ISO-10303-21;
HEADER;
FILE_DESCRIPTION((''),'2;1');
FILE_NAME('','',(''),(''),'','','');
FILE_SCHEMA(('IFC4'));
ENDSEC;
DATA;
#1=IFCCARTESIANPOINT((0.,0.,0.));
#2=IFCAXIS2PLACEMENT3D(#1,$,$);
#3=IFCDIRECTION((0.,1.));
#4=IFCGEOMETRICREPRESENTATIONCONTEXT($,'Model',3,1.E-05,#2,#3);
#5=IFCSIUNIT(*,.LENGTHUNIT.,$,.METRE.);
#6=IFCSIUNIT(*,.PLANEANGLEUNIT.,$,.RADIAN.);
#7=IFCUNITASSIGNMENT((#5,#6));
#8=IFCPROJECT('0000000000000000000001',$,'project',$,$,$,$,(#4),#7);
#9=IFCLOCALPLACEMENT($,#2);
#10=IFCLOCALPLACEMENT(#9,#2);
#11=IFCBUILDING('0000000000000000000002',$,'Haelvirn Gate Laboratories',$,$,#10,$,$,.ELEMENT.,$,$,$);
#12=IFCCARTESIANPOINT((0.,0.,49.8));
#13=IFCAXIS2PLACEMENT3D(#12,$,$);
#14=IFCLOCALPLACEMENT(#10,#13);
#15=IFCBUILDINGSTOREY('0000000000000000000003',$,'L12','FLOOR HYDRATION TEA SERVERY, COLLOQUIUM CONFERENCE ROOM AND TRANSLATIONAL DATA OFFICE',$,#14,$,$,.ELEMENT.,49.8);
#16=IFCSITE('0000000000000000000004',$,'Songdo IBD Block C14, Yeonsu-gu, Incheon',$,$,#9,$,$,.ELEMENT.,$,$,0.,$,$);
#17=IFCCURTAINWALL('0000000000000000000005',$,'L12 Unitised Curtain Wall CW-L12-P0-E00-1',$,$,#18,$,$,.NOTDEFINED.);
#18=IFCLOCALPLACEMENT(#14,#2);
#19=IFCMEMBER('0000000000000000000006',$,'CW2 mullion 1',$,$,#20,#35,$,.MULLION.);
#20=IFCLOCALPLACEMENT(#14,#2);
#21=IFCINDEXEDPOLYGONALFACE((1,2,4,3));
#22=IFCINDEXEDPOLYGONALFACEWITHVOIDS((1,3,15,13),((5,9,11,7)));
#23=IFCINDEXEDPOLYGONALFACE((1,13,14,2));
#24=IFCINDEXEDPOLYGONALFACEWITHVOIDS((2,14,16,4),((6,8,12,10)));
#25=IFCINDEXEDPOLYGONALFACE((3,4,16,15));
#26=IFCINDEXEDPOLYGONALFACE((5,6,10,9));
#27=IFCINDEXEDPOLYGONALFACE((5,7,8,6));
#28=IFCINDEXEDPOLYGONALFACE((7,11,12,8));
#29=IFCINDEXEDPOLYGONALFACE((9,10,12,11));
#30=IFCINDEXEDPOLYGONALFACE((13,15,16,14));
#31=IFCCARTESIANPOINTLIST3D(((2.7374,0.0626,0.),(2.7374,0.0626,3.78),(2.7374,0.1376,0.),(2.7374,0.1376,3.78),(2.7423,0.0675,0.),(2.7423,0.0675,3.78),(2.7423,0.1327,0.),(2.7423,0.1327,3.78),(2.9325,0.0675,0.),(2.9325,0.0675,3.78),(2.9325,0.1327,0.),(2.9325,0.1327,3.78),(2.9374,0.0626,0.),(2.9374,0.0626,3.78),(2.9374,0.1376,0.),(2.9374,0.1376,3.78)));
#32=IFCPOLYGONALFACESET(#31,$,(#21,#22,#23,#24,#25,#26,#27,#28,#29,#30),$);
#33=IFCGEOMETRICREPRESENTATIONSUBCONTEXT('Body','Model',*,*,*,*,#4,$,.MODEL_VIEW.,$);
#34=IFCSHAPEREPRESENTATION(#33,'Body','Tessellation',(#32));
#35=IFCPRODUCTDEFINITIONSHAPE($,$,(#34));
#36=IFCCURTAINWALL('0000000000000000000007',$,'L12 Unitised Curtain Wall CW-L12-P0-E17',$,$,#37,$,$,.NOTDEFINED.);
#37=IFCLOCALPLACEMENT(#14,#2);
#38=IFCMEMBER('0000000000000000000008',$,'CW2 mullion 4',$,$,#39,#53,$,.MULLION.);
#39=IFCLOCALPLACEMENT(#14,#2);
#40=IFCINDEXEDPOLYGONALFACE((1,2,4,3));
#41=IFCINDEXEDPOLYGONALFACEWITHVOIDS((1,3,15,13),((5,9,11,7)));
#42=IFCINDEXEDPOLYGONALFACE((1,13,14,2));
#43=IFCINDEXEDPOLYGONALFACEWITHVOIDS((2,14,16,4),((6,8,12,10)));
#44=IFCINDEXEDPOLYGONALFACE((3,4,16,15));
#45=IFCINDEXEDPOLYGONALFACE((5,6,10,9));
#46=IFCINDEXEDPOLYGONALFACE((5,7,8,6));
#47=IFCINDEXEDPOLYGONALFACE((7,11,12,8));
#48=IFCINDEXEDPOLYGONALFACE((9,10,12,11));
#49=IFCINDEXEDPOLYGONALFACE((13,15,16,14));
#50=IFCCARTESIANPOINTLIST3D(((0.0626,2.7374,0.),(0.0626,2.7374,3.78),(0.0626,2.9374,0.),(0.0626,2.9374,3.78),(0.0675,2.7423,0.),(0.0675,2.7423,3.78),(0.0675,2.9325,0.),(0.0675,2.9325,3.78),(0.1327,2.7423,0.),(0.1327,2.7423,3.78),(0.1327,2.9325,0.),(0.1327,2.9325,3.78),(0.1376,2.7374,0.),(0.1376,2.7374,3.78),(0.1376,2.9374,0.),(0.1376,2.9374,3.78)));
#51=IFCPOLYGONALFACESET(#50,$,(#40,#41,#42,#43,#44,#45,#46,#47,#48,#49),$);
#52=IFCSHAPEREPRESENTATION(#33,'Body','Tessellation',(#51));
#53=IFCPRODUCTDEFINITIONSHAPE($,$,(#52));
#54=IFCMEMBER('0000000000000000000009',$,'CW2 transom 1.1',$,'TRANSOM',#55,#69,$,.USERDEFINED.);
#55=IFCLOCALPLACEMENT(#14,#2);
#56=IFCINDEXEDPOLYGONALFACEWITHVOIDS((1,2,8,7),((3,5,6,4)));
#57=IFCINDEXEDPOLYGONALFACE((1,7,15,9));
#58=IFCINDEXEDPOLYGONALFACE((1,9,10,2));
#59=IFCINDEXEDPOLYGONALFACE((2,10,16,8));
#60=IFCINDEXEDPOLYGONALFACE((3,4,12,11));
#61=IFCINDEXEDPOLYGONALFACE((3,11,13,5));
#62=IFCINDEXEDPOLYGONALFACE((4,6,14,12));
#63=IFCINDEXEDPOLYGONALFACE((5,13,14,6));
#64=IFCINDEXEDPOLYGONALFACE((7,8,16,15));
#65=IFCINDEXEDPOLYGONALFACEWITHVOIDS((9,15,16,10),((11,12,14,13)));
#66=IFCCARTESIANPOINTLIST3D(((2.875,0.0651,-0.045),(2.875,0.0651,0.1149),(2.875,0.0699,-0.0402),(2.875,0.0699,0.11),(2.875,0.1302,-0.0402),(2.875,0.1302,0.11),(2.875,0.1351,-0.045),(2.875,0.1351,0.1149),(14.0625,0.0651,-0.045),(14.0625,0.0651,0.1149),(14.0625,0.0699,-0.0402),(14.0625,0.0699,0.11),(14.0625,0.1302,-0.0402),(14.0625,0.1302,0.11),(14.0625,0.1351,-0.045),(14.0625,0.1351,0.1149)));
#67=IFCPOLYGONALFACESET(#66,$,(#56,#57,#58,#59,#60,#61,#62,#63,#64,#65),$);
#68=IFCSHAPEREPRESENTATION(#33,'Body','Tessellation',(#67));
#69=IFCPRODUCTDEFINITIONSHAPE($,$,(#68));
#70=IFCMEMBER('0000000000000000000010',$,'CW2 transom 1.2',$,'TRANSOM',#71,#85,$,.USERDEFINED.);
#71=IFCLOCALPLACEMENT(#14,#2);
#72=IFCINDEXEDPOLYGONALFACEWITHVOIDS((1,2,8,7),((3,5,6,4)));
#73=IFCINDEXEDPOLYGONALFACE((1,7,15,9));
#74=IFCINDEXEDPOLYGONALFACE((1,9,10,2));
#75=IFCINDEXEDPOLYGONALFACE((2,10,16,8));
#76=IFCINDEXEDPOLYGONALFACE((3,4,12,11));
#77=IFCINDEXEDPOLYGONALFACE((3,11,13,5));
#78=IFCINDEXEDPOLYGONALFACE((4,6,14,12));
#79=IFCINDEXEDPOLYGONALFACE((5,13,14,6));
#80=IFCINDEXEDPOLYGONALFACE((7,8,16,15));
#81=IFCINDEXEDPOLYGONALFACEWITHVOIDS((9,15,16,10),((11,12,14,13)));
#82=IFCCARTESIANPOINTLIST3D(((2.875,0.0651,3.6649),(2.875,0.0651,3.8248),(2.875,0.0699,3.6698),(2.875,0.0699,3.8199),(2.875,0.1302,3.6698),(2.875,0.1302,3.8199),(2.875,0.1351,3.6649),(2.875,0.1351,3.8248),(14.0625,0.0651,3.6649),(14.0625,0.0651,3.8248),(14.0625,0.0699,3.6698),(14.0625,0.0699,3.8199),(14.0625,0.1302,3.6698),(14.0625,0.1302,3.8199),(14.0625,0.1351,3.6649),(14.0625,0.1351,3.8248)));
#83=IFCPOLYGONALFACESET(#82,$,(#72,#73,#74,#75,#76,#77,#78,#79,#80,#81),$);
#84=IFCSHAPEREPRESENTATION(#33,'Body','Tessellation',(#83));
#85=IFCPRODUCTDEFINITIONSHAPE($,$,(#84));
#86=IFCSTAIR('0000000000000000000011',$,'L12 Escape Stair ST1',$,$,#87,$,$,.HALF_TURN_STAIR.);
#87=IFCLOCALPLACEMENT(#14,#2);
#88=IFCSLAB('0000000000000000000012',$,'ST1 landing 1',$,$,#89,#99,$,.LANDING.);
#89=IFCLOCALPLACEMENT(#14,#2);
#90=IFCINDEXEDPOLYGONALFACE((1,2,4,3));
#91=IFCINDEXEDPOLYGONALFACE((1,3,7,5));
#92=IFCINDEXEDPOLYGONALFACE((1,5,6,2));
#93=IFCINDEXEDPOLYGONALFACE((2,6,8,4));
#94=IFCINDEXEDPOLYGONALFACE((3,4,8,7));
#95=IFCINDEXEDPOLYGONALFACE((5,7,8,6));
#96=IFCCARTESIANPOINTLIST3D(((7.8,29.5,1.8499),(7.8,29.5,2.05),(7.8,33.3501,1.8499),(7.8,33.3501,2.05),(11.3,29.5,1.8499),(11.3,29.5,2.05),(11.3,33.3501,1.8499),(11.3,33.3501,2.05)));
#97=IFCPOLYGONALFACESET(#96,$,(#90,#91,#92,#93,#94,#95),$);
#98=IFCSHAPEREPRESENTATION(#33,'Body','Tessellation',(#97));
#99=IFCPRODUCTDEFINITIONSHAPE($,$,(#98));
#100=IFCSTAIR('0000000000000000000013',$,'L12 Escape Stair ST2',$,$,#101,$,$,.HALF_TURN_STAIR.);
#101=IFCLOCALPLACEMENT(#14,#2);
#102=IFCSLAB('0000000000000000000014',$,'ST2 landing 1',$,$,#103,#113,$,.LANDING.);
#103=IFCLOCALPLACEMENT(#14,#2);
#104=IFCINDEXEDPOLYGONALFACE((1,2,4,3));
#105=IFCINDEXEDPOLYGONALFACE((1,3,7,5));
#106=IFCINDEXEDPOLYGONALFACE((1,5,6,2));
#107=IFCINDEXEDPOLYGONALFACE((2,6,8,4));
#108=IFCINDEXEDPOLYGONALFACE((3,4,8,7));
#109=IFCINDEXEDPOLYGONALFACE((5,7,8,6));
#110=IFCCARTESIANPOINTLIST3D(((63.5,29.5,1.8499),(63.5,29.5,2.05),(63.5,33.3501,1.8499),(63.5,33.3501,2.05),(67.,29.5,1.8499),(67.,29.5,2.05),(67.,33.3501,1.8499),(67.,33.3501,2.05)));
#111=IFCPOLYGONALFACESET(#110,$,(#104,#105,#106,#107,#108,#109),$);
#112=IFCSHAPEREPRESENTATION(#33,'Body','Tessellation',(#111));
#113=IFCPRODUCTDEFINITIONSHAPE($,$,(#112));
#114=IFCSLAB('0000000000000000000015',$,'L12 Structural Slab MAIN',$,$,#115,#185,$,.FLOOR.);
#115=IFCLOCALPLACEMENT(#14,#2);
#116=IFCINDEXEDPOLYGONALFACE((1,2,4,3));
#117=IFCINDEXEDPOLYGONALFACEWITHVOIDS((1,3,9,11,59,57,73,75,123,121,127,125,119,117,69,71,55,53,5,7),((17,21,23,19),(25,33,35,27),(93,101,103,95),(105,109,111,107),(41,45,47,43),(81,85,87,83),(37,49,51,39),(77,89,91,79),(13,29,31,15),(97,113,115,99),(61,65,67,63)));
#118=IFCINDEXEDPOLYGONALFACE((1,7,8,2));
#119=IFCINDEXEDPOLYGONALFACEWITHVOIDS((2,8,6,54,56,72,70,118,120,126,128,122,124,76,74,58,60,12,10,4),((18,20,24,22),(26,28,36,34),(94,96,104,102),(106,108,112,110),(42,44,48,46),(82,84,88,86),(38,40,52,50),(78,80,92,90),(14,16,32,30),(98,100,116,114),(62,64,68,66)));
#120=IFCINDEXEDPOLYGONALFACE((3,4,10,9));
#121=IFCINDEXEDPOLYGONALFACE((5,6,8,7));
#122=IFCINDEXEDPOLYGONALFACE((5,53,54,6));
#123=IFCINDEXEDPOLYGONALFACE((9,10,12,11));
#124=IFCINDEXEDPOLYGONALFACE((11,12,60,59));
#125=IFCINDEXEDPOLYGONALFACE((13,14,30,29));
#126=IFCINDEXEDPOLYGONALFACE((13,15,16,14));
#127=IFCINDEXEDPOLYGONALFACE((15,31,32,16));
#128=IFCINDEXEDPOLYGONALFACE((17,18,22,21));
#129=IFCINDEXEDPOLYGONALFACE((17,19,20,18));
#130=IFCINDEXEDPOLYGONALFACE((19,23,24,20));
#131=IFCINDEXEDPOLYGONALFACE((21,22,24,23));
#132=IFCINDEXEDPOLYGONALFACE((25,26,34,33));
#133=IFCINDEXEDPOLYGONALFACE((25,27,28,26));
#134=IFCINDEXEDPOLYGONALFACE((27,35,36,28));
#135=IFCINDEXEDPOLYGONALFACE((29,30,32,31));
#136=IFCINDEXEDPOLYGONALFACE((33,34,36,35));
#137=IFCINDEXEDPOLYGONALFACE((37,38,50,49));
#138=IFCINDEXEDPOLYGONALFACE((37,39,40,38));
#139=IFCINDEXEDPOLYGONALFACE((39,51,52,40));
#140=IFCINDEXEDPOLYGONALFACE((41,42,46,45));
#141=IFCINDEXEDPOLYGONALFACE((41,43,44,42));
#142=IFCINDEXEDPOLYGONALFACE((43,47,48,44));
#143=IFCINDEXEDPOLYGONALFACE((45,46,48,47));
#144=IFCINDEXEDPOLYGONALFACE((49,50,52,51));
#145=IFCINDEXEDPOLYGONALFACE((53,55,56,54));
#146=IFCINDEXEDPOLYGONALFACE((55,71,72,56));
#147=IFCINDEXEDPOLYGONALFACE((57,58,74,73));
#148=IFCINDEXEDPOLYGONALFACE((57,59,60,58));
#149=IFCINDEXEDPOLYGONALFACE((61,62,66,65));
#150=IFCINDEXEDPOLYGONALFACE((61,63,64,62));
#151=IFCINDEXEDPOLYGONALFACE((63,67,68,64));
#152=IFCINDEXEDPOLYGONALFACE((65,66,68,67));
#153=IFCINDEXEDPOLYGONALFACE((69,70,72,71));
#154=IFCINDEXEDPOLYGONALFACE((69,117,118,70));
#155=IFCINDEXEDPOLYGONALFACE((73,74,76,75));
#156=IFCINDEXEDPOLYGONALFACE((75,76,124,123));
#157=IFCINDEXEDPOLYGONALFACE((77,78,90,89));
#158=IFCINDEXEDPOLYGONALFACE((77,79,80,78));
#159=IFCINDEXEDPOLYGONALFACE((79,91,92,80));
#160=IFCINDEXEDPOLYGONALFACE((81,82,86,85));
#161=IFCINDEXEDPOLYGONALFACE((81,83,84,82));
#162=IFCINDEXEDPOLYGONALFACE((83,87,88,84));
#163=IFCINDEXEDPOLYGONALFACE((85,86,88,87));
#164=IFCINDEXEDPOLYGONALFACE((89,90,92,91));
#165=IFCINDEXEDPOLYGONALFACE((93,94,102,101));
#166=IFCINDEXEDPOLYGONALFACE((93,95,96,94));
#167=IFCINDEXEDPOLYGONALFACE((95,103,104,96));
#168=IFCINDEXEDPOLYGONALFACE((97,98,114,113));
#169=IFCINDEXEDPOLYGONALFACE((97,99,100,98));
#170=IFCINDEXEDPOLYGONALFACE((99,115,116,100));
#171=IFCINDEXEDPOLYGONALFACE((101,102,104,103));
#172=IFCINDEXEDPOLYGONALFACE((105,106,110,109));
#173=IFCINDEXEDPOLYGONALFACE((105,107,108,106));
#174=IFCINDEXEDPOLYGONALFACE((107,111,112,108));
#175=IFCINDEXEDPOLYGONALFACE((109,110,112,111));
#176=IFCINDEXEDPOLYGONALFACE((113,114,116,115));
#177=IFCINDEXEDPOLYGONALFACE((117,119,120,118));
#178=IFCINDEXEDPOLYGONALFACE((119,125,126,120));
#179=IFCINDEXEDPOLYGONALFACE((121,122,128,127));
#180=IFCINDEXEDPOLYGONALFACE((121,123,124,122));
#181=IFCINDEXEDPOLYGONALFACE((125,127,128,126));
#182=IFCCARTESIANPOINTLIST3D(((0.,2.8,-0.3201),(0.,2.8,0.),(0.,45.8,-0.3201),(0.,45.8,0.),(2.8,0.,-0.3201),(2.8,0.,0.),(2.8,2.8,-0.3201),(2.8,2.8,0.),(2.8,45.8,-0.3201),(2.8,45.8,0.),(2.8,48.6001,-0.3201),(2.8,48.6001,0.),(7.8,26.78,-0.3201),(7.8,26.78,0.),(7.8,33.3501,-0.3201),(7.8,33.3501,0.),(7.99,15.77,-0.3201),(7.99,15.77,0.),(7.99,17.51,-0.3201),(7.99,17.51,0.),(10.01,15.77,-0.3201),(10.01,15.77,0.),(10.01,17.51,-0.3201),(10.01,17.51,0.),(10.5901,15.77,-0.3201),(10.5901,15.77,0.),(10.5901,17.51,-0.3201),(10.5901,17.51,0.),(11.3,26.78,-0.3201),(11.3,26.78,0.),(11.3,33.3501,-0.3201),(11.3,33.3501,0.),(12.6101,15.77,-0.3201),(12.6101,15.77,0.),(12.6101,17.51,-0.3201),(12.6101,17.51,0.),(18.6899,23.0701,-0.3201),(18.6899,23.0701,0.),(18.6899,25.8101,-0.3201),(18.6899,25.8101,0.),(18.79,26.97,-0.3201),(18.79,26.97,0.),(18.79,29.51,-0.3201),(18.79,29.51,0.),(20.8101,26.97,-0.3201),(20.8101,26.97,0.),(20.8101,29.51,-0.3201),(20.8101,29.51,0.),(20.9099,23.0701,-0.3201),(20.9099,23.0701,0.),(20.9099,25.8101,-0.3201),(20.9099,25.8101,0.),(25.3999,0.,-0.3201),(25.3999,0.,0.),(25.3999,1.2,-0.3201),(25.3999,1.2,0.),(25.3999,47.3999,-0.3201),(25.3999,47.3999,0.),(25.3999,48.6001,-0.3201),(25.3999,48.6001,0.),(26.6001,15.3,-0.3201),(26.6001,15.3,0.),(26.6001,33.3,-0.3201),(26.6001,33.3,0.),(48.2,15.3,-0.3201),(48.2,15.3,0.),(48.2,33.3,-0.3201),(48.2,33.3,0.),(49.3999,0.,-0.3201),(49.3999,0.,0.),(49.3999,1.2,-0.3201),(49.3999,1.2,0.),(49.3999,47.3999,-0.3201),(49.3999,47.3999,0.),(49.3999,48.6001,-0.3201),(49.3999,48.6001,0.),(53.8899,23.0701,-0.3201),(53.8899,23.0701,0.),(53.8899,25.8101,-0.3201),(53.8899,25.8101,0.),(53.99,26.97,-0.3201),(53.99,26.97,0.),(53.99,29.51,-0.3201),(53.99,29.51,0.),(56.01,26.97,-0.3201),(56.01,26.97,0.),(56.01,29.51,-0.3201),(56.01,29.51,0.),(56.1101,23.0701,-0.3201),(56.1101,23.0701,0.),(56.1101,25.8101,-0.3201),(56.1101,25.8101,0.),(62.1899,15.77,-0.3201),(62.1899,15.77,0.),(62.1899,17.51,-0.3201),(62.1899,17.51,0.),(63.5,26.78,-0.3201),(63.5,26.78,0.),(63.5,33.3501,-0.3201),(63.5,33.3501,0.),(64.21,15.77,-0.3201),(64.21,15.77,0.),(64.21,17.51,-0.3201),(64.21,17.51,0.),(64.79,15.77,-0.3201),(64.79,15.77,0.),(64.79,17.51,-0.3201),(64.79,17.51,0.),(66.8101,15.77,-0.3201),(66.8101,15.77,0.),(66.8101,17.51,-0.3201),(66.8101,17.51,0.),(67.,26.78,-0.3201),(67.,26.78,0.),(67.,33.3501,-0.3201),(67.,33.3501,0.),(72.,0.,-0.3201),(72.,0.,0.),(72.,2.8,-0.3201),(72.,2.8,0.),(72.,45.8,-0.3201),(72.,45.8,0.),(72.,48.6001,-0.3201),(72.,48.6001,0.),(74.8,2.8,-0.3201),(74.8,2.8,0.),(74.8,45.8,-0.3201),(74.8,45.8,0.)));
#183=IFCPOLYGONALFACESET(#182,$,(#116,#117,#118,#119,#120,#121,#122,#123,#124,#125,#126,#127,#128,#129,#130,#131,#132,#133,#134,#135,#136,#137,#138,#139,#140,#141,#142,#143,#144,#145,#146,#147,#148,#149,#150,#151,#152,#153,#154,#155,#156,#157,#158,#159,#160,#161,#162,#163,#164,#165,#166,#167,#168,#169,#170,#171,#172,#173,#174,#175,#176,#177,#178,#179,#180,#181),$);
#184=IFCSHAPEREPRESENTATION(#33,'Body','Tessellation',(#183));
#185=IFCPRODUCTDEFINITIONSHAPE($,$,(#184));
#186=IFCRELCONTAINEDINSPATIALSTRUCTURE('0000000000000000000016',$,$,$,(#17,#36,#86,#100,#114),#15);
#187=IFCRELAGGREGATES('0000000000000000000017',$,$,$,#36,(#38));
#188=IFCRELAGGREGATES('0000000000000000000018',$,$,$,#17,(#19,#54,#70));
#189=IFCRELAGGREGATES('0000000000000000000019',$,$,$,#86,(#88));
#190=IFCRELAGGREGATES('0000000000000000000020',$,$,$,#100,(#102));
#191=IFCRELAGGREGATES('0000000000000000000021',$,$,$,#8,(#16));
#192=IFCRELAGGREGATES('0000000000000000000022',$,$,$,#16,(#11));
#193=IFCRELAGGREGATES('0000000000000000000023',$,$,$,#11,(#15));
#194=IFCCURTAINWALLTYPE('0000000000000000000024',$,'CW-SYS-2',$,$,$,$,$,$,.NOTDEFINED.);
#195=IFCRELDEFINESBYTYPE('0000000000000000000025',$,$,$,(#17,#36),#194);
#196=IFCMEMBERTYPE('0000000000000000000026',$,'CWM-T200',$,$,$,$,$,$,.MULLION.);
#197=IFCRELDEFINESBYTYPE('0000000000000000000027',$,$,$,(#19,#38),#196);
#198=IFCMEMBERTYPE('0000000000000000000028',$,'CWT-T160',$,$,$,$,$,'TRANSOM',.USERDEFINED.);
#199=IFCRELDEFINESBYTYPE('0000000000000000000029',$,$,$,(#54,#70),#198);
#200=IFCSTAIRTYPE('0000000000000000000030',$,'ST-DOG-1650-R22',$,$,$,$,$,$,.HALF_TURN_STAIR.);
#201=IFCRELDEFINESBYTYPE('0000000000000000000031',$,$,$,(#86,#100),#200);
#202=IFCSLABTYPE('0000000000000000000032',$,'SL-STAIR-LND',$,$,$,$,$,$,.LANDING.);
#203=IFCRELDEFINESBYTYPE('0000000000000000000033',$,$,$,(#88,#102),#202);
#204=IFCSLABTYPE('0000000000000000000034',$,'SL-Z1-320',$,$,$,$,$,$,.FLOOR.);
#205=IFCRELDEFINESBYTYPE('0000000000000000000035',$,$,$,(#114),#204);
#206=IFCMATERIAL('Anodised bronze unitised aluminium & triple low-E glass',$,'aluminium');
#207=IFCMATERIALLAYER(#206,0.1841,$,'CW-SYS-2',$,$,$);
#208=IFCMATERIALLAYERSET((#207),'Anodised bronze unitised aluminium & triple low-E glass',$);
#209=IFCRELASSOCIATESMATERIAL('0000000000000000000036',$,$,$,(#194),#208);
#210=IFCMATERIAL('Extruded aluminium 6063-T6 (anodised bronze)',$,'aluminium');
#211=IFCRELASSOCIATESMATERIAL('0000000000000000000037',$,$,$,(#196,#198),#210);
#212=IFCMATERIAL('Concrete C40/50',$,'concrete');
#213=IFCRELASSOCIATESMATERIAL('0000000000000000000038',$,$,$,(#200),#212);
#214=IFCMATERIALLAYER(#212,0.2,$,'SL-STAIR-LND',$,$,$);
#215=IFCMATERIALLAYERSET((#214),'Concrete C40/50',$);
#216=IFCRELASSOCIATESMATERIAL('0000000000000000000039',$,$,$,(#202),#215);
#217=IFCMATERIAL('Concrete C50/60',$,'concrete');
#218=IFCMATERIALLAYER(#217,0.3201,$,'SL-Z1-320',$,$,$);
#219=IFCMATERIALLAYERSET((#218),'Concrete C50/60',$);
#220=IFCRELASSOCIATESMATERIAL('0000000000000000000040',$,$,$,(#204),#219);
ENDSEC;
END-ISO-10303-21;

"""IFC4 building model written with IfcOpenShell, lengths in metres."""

from ifc_helpers import new_model, si_unit, direction, frame, origin, origin_2d, place, context, subcontext, project, spatial, polyline, hollow_rectangle, outline, extrude, source, transform, mapped, material, layer, layer_set, material_profile, profile_set, type_object, type_shapes, element, aggregate, save


model = new_model("IFC4")

# Units and contexts
model_context = context("Model", 3, precision=1e-05, world=origin(), true_north=direction((0.0, 1.0)))
body_context = subcontext(model_context, "Body", "Model", "MODEL_VIEW")
ifc_project = project(units=[si_unit("LENGTHUNIT", "METRE"), si_unit("PLANEANGLEUNIT", "RADIAN")], contexts=[model_context])

# Site, building, storey
site_placement = place(None, origin())
site = spatial("IfcSite", under=ifc_project, at=site_placement, Name="Songdo IBD Block C14, Yeonsu-gu, Incheon", CompositionType="ELEMENT", RefElevation=0.0)
building_placement = place(site_placement, origin())
building = spatial("IfcBuilding", under=site, at=building_placement, Name="Haelvirn Gate Laboratories", CompositionType="ELEMENT")
storey_placement = place(building_placement, frame((0.0, 0.0, 49.8)))
storey = spatial("IfcBuildingStorey", under=building, at=storey_placement, Name="L12", Description="FLOOR HYDRATION TEA SERVERY, COLLOQUIUM CONFERENCE ROOM AND TRANSLATIONAL DATA OFFICE", CompositionType="ELEMENT", Elevation=49.8)

# Curtain walls, members
ifc_material_1 = material(Name="Anodised bronze unitised aluminium & triple low-E glass", Category="aluminium")
ifc_layer_1 = layer(ifc_material_1, 0.1841, Name="CW-SYS-2")
ifc_layer_set_1 = layer_set([ifc_layer_1], Name="Anodised bronze unitised aluminium & triple low-E glass")
curtain_wall_type = type_object("IfcCurtainWallType", Name="CW-SYS-2", PredefinedType="NOTDEFINED", material=ifc_layer_set_1)
curtain_wall_1_placement = place(storey_placement, origin())
curtain_wall_1 = element("IfcCurtainWall", 1, at=curtain_wall_1_placement, inside=storey, type_object=curtain_wall_type, Name="L12 Unitised Curtain Wall CW-L12-P0-E00-1", PredefinedType="NOTDEFINED")
ifc_material_2 = material(Name="Extruded aluminium 6063-T6 (anodised bronze)", Category="aluminium")
ifc_material_profile_1 = material_profile(ifc_material_2, hollow_rectangle(XDim=0.075, YDim=0.2, WallThickness=0.0049, at=origin_2d()), Name="CWM-200x75x5")
ifc_profile_set_1 = profile_set([ifc_material_profile_1], Name="Extruded aluminium 6063-T6 (anodised bronze)")
member_type_1 = type_object("IfcMemberType", Name="CWM-T200", PredefinedType="MULLION", material=ifc_profile_set_1)
shared_shape_1 = source(origin(), body_context, "Body", "SweptSolid", [
    extrude(hollow_rectangle(XDim=0.075, YDim=0.2, WallThickness=0.0049, at=origin_2d()), origin(), (0.0, 0.0, 1.0), 3.78),
])
type_shapes(member_type_1, [shared_shape_1])
member_1_placement = place(storey_placement, frame((2.8374, 0.1001, 0.0), z_axis=(0.0, 0.0, 1.0), x_axis=(0.0, 1.0, 0.0)))
member_1 = element("IfcMember", 2, at=member_1_placement, type_object=member_type_1, Name="CW2 mullion 1", PredefinedType="MULLION", context=body_context, shape_type="MappedRepresentation", body=[
    mapped(shared_shape_1, transform((0.0, 0.0, 0.0), scale=1.0)),
])
curtain_wall_2_placement = place(storey_placement, origin())
curtain_wall_2 = element("IfcCurtainWall", 3, at=curtain_wall_2_placement, inside=storey, type_object=curtain_wall_type, Name="L12 Unitised Curtain Wall CW-L12-P0-E17", PredefinedType="NOTDEFINED")
member_2_placement = place(storey_placement, frame((0.1001, 2.8374, 0.0), z_axis=(0.0, 0.0, 1.0), x_axis=(1.0, 0.0, 0.0)))
member_2 = element("IfcMember", 4, at=member_2_placement, type_object=member_type_1, Name="CW2 mullion 4", PredefinedType="MULLION", context=body_context, shape_type="MappedRepresentation", body=[
    mapped(shared_shape_1, transform((0.0, 0.0, 0.0), scale=1.0)),
])
aggregate(curtain_wall_2, [member_2])

# Members
ifc_material_profile_2 = material_profile(ifc_material_2, hollow_rectangle(XDim=0.0701, YDim=0.1599, WallThickness=0.0049, at=origin_2d()), Name="CWT-160x70x5")
ifc_profile_set_2 = profile_set([ifc_material_profile_2], Name="Extruded aluminium 6063-T6 (anodised bronze)")
member_type_2 = type_object("IfcMemberType", Name="CWT-T160", ElementType="TRANSOM", PredefinedType="USERDEFINED", material=ifc_profile_set_2)
shared_shape_2 = source(origin(), body_context, "Body", "SweptSolid", [
    extrude(hollow_rectangle(XDim=0.0701, YDim=0.1599, WallThickness=0.0049, at=origin_2d()), origin(), (0.0, 0.0, 1.0), 11.1875),
])
type_shapes(member_type_2, [shared_shape_2])
member_3_placement = place(storey_placement, frame((2.875, 0.1001, 0.0349), z_axis=(1.0, 0.0, 0.0), x_axis=(0.0, 1.0, 0.0)))
member_3 = element("IfcMember", 5, at=member_3_placement, type_object=member_type_2, Name="CW2 transom 1.1", ObjectType="TRANSOM", PredefinedType="USERDEFINED", context=body_context, shape_type="MappedRepresentation", body=[
    mapped(shared_shape_2, transform((0.0, 0.0, 0.0), scale=1.0)),
])
member_4_placement = place(storey_placement, frame((2.875, 0.1001, 3.7449), z_axis=(1.0, 0.0, 0.0), x_axis=(0.0, 1.0, 0.0)))
member_4 = element("IfcMember", 6, at=member_4_placement, type_object=member_type_2, Name="CW2 transom 1.2", ObjectType="TRANSOM", PredefinedType="USERDEFINED", context=body_context, shape_type="MappedRepresentation", body=[
    mapped(shared_shape_2, transform((0.0, 0.0, 0.0), scale=1.0)),
])
aggregate(curtain_wall_1, [member_1, member_3, member_4])

# Stairs, slabs
ifc_material_3 = material(Name="Concrete C40/50", Category="concrete")
stair_type = type_object("IfcStairType", Name="ST-DOG-1650-R22", PredefinedType="HALF_TURN_STAIR", material=ifc_material_3)
stair_1_placement = place(storey_placement, origin())
stair_1 = element("IfcStair", 7, at=stair_1_placement, inside=storey, type_object=stair_type, Name="L12 Escape Stair ST1", PredefinedType="HALF_TURN_STAIR")
ifc_layer_2 = layer(ifc_material_3, 0.2, Name="SL-STAIR-LND")
ifc_layer_set_2 = layer_set([ifc_layer_2], Name="Concrete C40/50")
slab_type_1 = type_object("IfcSlabType", Name="SL-STAIR-LND", PredefinedType="LANDING", material=ifc_layer_set_2)
slab_1_placement = place(storey_placement, frame((0.0, 0.0, 1.8499)))
slab_1 = element("IfcSlab", 8, at=slab_1_placement, type_object=slab_type_1, Name="ST1 landing 1", PredefinedType="LANDING", context=body_context, shape_type="SweptSolid", body=[
    extrude(outline(polyline([(11.3, 29.5), (11.3, 33.3501), (7.8, 33.3501), (7.8, 29.5), (11.3, 29.5)])), origin(), (0.0, 0.0, 1.0), 0.2002),
])
aggregate(stair_1, [slab_1])
stair_2_placement = place(storey_placement, origin())
stair_2 = element("IfcStair", 9, at=stair_2_placement, inside=storey, type_object=stair_type, Name="L12 Escape Stair ST2", PredefinedType="HALF_TURN_STAIR")
slab_2_placement = place(storey_placement, frame((0.0, 0.0, 1.8499)))
slab_2 = element("IfcSlab", 10, at=slab_2_placement, type_object=slab_type_1, Name="ST2 landing 1", PredefinedType="LANDING", context=body_context, shape_type="SweptSolid", body=[
    extrude(outline(polyline([(67.0, 29.5), (67.0, 33.3501), (63.5, 33.3501), (63.5, 29.5), (67.0, 29.5)])), origin(), (0.0, 0.0, 1.0), 0.2002),
])
aggregate(stair_2, [slab_2])

# Slab
ifc_material_4 = material(Name="Concrete C50/60", Category="concrete")
ifc_layer_3 = layer(ifc_material_4, 0.3201, Name="SL-Z1-320")
ifc_layer_set_3 = layer_set([ifc_layer_3], Name="Concrete C50/60")
slab_type_2 = type_object("IfcSlabType", Name="SL-Z1-320", PredefinedType="FLOOR", material=ifc_layer_set_3)
slab_3_placement = place(storey_placement, frame((0.0, 0.0, -0.3201)))
element("IfcSlab", 11, at=slab_3_placement, inside=storey, type_object=slab_type_2, Name="L12 Structural Slab MAIN", PredefinedType="FLOOR", context=body_context, shape_type="SweptSolid", body=[
    extrude(outline(polyline([(2.8, 0.0), (25.3999, 0.0), (25.3999, 1.2), (49.3999, 1.2), (49.3999, 0.0), (72.0, 0.0), (72.0, 2.8), (74.8, 2.8), (74.8, 45.8), (72.0, 45.8), (72.0, 48.6001), (49.3999, 48.6001), (49.3999, 47.3999), (25.3999, 47.3999), (25.3999, 48.6001), (2.8, 48.6001), (2.8, 45.8), (0.0, 45.8), (0.0, 2.8), (2.8, 2.8), (2.8, 0.0)]), holes=[polyline([(26.6001, 15.3), (48.2, 15.3), (48.2, 33.3), (26.6001, 33.3), (26.6001, 15.3)]), polyline([(11.3, 26.78), (11.3, 33.3501), (7.8, 33.3501), (7.8, 26.78), (11.3, 26.78)]), polyline([(67.0, 26.78), (67.0, 33.3501), (63.5, 33.3501), (63.5, 26.78), (67.0, 26.78)]), polyline([(7.99, 15.77), (10.01, 15.77), (10.01, 17.51), (7.99, 17.51), (7.99, 15.77)]), polyline([(10.5901, 15.77), (12.6101, 15.77), (12.6101, 17.51), (10.5901, 17.51), (10.5901, 15.77)]), polyline([(18.79, 26.97), (20.8101, 26.97), (20.8101, 29.51), (18.79, 29.51), (18.79, 26.97)]), polyline([(18.6899, 23.0701), (20.9099, 23.0701), (20.9099, 25.8101), (18.6899, 25.8101), (18.6899, 23.0701)]), polyline([(64.79, 15.77), (66.8101, 15.77), (66.8101, 17.51), (64.79, 17.51), (64.79, 15.77)]), polyline([(62.1899, 15.77), (64.21, 15.77), (64.21, 17.51), (62.1899, 17.51), (62.1899, 15.77)]), polyline([(53.99, 26.97), (56.01, 26.97), (56.01, 29.51), (53.99, 29.51), (53.99, 26.97)]), polyline([(53.8899, 23.0701), (56.1101, 23.0701), (56.1101, 25.8101), (53.8899, 25.8101), (53.8899, 23.0701)])]), origin(), (0.0, 0.0, 1.0), 0.3201),
])

save(model, "model.ifc")
